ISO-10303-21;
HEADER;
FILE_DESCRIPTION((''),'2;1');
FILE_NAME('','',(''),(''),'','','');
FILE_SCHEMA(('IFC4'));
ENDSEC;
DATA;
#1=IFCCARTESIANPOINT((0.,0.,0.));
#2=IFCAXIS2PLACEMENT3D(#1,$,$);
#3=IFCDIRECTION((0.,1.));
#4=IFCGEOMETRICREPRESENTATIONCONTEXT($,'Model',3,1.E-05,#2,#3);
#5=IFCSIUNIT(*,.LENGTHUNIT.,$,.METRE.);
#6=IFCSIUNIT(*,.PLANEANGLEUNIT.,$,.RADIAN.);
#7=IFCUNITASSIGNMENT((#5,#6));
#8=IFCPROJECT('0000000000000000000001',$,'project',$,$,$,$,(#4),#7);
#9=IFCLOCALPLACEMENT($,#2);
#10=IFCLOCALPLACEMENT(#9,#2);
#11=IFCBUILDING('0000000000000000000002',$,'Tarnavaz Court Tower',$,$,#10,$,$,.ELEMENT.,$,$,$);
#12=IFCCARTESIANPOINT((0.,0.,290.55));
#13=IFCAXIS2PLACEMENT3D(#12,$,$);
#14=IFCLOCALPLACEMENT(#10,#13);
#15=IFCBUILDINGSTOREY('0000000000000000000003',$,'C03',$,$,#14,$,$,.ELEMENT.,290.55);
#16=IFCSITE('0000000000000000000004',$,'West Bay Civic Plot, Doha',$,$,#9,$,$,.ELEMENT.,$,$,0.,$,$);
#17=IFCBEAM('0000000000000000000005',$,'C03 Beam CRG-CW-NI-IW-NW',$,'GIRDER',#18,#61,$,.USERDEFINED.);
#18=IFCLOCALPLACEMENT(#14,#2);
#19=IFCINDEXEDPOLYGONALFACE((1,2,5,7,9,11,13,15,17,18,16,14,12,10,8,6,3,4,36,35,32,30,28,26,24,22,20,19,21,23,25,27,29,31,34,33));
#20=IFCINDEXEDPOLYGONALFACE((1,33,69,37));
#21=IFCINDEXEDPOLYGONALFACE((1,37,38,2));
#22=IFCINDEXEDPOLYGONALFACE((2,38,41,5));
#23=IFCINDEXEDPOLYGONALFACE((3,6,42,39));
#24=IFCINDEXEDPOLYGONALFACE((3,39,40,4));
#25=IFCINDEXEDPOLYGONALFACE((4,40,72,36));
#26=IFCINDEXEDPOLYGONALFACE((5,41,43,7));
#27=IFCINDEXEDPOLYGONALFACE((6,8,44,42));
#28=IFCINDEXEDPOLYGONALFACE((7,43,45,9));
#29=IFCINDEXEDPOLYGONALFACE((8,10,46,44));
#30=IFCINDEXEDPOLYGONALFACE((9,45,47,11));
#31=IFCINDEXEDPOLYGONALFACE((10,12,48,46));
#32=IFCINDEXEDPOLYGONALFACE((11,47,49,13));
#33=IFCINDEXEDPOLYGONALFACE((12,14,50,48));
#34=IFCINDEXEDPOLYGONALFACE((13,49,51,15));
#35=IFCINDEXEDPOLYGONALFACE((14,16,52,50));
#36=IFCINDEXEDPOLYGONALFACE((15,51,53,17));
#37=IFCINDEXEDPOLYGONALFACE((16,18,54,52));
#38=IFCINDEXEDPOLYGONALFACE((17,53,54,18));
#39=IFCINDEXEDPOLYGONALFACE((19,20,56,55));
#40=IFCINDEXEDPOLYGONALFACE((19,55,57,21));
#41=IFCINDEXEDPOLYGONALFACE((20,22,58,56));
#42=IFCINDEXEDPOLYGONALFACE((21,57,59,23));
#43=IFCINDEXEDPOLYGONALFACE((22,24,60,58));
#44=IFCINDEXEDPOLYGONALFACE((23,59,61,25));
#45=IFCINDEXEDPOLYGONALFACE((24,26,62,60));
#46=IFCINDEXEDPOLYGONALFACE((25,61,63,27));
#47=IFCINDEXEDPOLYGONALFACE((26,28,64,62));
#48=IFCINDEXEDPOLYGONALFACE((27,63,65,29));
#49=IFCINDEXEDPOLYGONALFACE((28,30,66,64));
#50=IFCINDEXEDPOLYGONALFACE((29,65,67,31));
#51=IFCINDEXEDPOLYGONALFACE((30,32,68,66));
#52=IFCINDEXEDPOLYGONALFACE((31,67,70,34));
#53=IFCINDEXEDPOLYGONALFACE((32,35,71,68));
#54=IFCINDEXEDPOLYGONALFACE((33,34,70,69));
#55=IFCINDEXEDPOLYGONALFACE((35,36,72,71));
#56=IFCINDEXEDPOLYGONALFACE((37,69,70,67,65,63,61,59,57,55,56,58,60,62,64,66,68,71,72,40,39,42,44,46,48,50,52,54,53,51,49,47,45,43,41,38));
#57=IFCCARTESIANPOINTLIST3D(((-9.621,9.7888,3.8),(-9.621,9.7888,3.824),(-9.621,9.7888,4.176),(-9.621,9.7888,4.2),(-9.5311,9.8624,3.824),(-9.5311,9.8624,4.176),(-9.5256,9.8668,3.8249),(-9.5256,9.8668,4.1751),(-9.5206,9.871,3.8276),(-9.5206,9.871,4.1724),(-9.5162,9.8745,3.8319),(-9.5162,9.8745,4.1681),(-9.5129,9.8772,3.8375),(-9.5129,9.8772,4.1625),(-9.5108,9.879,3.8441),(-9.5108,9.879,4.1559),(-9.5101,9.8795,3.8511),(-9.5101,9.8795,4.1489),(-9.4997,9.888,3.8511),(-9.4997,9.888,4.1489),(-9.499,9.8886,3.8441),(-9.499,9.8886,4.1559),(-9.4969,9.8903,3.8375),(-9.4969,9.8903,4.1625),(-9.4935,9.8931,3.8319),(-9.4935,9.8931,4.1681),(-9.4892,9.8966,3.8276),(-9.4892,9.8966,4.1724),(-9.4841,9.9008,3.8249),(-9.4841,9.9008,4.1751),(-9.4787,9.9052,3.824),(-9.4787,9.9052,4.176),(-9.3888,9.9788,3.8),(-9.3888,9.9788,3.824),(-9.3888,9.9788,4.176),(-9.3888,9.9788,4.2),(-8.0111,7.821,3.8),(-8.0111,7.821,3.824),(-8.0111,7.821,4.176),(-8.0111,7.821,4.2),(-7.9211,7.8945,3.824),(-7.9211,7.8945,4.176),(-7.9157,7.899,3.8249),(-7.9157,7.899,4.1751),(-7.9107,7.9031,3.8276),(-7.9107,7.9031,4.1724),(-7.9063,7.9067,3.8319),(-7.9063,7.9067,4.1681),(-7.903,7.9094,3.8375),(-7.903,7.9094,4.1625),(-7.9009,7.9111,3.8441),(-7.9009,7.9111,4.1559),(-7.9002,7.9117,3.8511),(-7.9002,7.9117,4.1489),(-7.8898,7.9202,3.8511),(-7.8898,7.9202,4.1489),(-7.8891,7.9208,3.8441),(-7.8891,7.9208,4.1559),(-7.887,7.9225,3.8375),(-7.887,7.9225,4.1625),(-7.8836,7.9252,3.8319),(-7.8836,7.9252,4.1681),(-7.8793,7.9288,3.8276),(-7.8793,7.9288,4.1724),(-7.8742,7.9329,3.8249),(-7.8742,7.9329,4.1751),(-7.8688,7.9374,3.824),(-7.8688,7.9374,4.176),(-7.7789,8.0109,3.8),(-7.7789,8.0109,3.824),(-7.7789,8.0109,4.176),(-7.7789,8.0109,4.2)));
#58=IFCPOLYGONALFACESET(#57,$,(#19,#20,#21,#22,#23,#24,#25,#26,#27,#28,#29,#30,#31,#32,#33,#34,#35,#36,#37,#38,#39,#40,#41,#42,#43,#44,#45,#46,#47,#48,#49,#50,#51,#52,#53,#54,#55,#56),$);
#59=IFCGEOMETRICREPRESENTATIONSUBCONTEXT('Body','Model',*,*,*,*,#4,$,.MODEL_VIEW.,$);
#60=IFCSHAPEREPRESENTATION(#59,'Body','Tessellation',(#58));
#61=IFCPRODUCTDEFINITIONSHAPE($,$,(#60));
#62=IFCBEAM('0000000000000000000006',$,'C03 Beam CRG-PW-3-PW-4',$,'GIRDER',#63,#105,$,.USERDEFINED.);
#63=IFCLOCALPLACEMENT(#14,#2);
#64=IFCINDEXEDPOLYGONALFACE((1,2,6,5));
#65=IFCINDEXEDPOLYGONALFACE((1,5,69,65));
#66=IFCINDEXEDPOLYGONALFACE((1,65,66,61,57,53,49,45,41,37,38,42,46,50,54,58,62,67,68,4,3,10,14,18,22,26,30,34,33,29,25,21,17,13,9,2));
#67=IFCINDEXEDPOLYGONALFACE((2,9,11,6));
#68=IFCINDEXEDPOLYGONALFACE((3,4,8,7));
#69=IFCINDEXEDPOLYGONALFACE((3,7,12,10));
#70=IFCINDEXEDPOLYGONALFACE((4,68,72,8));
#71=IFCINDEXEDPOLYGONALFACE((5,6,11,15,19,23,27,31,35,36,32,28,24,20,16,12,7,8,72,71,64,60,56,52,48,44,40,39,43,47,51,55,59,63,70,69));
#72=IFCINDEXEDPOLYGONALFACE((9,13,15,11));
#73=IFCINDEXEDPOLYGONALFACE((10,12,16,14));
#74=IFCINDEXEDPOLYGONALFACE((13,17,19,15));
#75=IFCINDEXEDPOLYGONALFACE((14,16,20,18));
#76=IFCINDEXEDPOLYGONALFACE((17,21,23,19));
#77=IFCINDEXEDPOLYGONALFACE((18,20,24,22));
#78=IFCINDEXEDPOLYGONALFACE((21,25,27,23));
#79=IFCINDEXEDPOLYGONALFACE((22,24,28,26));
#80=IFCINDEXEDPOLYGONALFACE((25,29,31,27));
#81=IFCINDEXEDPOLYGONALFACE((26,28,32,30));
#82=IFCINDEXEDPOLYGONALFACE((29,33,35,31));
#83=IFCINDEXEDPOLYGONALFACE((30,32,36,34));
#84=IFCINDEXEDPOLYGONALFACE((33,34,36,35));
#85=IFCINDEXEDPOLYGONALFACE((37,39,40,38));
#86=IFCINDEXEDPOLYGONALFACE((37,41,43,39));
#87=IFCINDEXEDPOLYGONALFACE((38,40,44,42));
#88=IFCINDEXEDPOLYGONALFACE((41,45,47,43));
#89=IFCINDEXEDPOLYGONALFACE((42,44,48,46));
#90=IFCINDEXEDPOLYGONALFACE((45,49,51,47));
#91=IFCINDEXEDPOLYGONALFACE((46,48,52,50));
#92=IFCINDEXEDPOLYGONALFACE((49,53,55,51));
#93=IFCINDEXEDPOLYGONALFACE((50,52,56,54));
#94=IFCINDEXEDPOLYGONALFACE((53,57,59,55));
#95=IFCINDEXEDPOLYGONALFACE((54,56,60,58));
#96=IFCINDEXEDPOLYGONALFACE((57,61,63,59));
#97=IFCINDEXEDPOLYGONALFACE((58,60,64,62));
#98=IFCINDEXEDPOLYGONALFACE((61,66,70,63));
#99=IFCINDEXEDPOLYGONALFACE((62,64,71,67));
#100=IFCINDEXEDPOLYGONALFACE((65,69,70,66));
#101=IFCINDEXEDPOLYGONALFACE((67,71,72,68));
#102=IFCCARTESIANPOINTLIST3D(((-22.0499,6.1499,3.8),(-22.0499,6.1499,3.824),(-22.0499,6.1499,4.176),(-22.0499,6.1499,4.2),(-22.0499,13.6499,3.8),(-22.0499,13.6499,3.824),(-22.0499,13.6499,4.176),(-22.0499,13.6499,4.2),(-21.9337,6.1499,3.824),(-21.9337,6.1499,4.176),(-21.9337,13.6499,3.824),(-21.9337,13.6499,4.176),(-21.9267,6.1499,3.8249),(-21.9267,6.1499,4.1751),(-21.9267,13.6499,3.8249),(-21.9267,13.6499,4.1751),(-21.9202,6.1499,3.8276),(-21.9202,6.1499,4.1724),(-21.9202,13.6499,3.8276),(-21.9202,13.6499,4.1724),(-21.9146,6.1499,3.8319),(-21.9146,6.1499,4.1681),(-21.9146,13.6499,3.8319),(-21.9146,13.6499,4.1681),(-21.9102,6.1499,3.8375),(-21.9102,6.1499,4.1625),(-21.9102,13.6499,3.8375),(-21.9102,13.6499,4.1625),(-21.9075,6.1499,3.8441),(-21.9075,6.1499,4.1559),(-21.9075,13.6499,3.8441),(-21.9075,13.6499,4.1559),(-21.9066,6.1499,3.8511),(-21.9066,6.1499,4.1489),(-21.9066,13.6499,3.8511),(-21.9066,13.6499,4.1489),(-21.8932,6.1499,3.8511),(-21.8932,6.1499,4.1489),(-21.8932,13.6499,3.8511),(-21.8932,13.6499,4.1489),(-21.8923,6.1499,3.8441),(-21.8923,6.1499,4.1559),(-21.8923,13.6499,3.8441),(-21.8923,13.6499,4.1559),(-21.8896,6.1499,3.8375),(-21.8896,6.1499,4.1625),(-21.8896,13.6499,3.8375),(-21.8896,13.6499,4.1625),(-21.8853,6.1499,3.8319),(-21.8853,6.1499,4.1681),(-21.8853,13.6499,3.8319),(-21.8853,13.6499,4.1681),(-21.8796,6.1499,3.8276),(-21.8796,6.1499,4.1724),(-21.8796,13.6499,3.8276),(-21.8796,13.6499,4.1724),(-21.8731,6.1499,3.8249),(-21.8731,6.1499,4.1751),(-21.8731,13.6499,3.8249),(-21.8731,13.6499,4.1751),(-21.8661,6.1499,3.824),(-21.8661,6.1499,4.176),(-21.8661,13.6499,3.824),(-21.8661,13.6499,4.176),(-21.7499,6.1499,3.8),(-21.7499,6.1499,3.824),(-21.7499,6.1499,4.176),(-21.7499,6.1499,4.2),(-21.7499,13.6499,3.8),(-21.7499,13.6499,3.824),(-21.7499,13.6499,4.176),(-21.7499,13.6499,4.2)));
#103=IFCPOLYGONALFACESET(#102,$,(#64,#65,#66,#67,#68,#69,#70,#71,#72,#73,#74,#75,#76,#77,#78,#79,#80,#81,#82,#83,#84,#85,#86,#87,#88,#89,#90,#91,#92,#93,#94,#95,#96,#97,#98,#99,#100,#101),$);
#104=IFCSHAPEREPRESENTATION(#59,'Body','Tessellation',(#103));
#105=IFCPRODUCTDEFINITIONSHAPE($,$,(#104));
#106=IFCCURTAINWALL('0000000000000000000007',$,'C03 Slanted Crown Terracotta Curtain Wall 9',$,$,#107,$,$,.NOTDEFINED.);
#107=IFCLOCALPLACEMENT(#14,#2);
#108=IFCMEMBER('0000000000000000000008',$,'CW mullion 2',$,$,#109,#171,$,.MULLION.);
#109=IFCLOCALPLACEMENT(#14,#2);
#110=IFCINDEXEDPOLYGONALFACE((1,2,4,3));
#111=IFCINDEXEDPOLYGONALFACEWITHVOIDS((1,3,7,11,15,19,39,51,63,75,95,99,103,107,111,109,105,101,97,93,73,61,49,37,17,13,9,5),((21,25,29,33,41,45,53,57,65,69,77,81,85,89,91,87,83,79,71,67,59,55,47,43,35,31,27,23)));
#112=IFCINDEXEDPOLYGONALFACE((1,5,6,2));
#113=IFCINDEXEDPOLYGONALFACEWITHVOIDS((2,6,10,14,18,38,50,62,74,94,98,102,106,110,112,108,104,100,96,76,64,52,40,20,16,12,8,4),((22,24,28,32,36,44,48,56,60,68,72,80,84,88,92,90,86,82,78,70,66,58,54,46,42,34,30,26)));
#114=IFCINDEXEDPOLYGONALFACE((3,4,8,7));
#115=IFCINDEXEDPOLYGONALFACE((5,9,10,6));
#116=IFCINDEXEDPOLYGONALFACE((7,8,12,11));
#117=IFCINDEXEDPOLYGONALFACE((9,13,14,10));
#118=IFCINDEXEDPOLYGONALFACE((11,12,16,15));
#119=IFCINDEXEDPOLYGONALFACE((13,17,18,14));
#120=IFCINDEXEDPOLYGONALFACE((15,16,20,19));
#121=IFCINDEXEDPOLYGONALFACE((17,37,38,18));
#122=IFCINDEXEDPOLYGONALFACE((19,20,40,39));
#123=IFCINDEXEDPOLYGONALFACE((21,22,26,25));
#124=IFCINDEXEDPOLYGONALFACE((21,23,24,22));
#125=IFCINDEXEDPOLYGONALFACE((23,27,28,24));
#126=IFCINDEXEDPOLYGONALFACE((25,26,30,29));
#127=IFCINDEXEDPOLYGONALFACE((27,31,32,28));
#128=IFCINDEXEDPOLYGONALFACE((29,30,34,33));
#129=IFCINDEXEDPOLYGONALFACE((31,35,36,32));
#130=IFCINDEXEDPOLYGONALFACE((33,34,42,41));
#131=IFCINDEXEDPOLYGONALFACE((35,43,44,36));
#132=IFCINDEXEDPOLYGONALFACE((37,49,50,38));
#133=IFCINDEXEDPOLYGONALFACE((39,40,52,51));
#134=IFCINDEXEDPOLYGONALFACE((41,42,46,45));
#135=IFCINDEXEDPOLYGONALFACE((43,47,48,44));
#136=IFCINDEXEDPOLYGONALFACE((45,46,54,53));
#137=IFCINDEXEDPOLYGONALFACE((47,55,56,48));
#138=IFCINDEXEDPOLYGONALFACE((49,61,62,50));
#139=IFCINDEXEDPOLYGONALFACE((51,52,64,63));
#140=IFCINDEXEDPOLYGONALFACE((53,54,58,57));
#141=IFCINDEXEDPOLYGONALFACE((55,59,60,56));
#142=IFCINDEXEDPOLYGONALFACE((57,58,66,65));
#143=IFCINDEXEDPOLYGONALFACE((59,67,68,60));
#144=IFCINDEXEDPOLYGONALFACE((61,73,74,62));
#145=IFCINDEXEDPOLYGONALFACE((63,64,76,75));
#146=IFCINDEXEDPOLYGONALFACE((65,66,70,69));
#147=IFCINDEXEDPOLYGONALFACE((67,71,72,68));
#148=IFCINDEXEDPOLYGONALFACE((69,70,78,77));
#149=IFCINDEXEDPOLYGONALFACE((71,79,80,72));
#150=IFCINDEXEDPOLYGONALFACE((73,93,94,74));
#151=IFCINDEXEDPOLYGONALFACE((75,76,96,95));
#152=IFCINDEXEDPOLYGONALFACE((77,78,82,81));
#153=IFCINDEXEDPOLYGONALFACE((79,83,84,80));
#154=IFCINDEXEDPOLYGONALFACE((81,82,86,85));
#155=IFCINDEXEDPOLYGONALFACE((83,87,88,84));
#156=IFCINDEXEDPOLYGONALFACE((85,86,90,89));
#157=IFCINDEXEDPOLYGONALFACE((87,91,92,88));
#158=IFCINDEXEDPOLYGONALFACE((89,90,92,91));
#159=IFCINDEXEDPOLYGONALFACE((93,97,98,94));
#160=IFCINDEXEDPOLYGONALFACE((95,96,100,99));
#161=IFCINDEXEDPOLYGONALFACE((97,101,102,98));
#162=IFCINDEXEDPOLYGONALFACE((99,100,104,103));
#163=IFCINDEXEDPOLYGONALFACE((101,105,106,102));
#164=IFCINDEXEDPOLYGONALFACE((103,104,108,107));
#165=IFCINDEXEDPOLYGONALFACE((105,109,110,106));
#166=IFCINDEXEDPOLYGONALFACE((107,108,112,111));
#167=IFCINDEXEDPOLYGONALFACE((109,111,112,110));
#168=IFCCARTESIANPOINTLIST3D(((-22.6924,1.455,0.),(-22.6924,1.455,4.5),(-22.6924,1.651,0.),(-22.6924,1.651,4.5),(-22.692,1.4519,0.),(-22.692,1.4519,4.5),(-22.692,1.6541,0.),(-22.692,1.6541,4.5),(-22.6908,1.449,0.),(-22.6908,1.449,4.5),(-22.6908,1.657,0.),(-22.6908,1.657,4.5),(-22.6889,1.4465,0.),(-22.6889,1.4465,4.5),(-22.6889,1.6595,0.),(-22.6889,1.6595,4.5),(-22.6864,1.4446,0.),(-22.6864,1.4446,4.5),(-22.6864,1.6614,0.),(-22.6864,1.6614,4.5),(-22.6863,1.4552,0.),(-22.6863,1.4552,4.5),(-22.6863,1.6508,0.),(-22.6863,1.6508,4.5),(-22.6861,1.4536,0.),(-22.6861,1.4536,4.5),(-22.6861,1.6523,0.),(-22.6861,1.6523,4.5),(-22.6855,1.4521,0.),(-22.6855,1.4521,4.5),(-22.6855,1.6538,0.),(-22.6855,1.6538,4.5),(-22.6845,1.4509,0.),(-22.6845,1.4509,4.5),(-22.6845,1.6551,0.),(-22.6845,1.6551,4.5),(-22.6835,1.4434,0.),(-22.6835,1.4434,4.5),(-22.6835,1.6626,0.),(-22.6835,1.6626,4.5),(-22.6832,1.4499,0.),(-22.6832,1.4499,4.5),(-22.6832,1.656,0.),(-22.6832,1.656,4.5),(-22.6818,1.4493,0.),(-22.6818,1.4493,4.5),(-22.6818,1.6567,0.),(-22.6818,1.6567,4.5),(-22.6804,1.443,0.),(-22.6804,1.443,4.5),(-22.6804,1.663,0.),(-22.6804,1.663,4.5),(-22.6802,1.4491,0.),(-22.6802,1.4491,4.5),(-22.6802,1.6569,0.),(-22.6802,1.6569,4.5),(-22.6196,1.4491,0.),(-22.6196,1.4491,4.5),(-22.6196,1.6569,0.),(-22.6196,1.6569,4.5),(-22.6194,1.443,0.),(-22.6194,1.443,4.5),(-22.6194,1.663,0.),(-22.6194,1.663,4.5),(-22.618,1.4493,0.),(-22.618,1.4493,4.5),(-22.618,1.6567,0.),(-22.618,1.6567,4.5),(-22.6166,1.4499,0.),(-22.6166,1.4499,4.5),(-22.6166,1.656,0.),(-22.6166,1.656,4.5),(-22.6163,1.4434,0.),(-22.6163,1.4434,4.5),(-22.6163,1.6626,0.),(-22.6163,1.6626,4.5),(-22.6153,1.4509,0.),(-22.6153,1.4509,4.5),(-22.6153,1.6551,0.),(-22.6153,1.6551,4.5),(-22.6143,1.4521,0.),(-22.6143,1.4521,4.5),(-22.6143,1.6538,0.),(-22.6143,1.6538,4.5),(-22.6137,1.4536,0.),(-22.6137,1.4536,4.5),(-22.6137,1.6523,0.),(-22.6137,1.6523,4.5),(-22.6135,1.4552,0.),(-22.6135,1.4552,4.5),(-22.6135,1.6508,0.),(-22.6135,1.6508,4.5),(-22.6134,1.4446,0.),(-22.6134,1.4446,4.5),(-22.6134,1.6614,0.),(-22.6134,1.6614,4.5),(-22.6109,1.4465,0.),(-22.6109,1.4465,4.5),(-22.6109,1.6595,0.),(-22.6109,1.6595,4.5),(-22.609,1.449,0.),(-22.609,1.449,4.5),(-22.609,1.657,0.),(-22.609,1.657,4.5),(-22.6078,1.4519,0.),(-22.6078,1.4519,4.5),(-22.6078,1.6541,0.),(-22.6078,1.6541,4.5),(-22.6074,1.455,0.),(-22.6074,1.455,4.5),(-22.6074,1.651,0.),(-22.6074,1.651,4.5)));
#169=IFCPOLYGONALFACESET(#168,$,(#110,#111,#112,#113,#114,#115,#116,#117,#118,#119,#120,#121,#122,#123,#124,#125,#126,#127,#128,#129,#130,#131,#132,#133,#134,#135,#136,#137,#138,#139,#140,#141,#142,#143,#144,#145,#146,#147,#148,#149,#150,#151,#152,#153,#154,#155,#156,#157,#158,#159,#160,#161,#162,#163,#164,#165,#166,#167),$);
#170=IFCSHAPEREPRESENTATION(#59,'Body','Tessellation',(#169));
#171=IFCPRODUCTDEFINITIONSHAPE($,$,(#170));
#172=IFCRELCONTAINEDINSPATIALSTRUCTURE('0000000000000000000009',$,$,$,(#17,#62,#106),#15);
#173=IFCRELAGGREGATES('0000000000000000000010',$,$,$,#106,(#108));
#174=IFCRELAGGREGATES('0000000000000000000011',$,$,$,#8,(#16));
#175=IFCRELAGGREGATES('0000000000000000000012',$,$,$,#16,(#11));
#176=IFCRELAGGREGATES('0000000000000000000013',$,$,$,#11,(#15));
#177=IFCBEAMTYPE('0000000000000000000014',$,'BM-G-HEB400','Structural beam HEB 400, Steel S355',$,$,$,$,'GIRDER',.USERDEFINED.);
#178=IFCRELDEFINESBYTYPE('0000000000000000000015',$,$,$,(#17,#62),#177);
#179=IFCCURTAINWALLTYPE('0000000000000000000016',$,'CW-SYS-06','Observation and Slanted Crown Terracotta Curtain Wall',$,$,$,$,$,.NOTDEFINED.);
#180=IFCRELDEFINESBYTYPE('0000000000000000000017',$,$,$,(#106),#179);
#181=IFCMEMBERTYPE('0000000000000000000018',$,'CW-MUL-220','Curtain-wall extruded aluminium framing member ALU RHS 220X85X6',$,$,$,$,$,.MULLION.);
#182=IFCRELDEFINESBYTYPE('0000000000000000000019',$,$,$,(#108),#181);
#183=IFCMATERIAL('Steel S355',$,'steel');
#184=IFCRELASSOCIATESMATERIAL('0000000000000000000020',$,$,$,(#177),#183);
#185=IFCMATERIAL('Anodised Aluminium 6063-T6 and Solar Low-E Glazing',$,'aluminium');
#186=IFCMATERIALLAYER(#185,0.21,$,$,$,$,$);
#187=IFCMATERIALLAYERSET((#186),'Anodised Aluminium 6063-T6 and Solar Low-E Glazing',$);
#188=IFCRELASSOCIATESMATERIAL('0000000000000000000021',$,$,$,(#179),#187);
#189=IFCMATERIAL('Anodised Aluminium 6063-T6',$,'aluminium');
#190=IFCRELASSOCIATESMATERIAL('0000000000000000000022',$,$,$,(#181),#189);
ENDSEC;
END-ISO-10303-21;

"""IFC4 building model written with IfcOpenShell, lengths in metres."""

from ifc_helpers import new_model, si_unit, direction, frame, origin, origin_2d, place, context, subcontext, project, spatial, hollow_rectangle, i_section, extrude, material, layer, layer_set, material_profile, profile_set, type_object, element, aggregate, save


model = new_model("IFC4")

# Units and contexts
model_context = context("Model", 3, precision=1e-05, world=origin(), true_north=direction((0.0, 1.0)))
body_context = subcontext(model_context, "Body", "Model", "MODEL_VIEW")
ifc_project = project(units=[si_unit("LENGTHUNIT", "METRE"), si_unit("PLANEANGLEUNIT", "RADIAN")], contexts=[model_context])

# Site, building, storey
site_placement = place(None, origin())
site = spatial("IfcSite", under=ifc_project, at=site_placement, Name="West Bay Civic Plot, Doha", CompositionType="ELEMENT", RefElevation=0.0)
building_placement = place(site_placement, origin())
building = spatial("IfcBuilding", under=site, at=building_placement, Name="Tarnavaz Court Tower", CompositionType="ELEMENT")
storey_placement = place(building_placement, frame((0.0, 0.0, 290.55)))
storey = spatial("IfcBuildingStorey", under=building, at=storey_placement, Name="C03", CompositionType="ELEMENT", Elevation=290.55)

# Shared definitions
ifc_material_1 = material(Name="Steel S355", Category="steel")

# Beams
ifc_material_profile_1 = material_profile(ifc_material_1, i_section(OverallWidth=0.3, OverallDepth=0.3999, WebThickness=0.0134, FlangeThickness=0.0239, FilletRadius=0.0271, at=origin_2d()), Name="HEB 400")
ifc_profile_set_1 = profile_set([ifc_material_profile_1], Name="Steel S355")
beam_type = type_object("IfcBeamType", Name="BM-G-HEB400", Description="Structural beam HEB 400, Steel S355", ElementType="GIRDER", PredefinedType="USERDEFINED", material=ifc_profile_set_1)
beam_1_placement = place(storey_placement, frame((-9.5049, 9.8838, 4.0), z_axis=(0.633206, -0.773983, 0.0), x_axis=(0.773983, 0.633206, 0.0)))
element("IfcBeam", 1, at=beam_1_placement, inside=storey, type_object=beam_type, Name="C03 Beam CRG-CW-NI-IW-NW", ObjectType="GIRDER", PredefinedType="USERDEFINED", context=body_context, shape_type="SweptSolid", body=[
    extrude(i_section(OverallWidth=0.3, OverallDepth=0.3999, WebThickness=0.0134, FlangeThickness=0.0239, FilletRadius=0.0271, at=origin_2d()), origin(), (0.0, 0.0, 1.0), 2.5425),
])
beam_2_placement = place(storey_placement, frame((-21.8999, 6.1499, 4.0), z_axis=(0.0, 1.0, 0.0), x_axis=(-1.0, 0.0, 0.0)))
element("IfcBeam", 2, at=beam_2_placement, inside=storey, type_object=beam_type, Name="C03 Beam CRG-PW-3-PW-4", ObjectType="GIRDER", PredefinedType="USERDEFINED", context=body_context, shape_type="SweptSolid", body=[
    extrude(i_section(OverallWidth=0.3, OverallDepth=0.3999, WebThickness=0.0134, FlangeThickness=0.0239, FilletRadius=0.0271, at=origin_2d()), origin(), (0.0, 0.0, 1.0), 7.5),
])

# Curtain wall, member
ifc_material_2 = material(Name="Anodised Aluminium 6063-T6 and Solar Low-E Glazing", Category="aluminium")
ifc_layer_1 = layer(ifc_material_2, 0.21)
ifc_layer_set_1 = layer_set([ifc_layer_1], Name="Anodised Aluminium 6063-T6 and Solar Low-E Glazing")
curtain_wall_type = type_object("IfcCurtainWallType", Name="CW-SYS-06", Description="Observation and Slanted Crown Terracotta Curtain Wall", PredefinedType="NOTDEFINED", material=ifc_layer_set_1)
curtain_wall_1_placement = place(storey_placement, origin())
curtain_wall_1 = element("IfcCurtainWall", 3, at=curtain_wall_1_placement, inside=storey, type_object=curtain_wall_type, Name="C03 Slanted Crown Terracotta Curtain Wall 9", PredefinedType="NOTDEFINED")
ifc_material_3 = material(Name="Anodised Aluminium 6063-T6", Category="aluminium")
ifc_material_profile_2 = material_profile(ifc_material_3, hollow_rectangle(XDim=0.085, YDim=0.22, WallThickness=0.0061, InnerFilletRadius=0.0061, OuterFilletRadius=0.012, at=origin_2d()), Name="ALU RHS 220X85X6")
ifc_profile_set_2 = profile_set([ifc_material_profile_2], Name="Anodised Aluminium 6063-T6")
member_type_1 = type_object("IfcMemberType", Name="CW-MUL-220", Description="Curtain-wall extruded aluminium framing member ALU RHS 220X85X6", PredefinedType="MULLION", material=ifc_profile_set_2)
member_1_placement = place(storey_placement, frame((-22.6499, 1.553, 0.0), z_axis=(0.0, 0.0, 1.0), x_axis=(-1.0, 0.0, 0.0)))
member_1 = element("IfcMember", 4, at=member_1_placement, type_object=member_type_1, Name="CW mullion 2", PredefinedType="MULLION", context=body_context, shape_type="SweptSolid", body=[
    extrude(hollow_rectangle(XDim=0.085, YDim=0.22, WallThickness=0.0061, InnerFilletRadius=0.0061, OuterFilletRadius=0.012, at=origin_2d()), origin(), (0.0, 0.0, 1.0), 4.5),
])

aggregate(curtain_wall_1, [member_1])

save(model, "model.ifc")
